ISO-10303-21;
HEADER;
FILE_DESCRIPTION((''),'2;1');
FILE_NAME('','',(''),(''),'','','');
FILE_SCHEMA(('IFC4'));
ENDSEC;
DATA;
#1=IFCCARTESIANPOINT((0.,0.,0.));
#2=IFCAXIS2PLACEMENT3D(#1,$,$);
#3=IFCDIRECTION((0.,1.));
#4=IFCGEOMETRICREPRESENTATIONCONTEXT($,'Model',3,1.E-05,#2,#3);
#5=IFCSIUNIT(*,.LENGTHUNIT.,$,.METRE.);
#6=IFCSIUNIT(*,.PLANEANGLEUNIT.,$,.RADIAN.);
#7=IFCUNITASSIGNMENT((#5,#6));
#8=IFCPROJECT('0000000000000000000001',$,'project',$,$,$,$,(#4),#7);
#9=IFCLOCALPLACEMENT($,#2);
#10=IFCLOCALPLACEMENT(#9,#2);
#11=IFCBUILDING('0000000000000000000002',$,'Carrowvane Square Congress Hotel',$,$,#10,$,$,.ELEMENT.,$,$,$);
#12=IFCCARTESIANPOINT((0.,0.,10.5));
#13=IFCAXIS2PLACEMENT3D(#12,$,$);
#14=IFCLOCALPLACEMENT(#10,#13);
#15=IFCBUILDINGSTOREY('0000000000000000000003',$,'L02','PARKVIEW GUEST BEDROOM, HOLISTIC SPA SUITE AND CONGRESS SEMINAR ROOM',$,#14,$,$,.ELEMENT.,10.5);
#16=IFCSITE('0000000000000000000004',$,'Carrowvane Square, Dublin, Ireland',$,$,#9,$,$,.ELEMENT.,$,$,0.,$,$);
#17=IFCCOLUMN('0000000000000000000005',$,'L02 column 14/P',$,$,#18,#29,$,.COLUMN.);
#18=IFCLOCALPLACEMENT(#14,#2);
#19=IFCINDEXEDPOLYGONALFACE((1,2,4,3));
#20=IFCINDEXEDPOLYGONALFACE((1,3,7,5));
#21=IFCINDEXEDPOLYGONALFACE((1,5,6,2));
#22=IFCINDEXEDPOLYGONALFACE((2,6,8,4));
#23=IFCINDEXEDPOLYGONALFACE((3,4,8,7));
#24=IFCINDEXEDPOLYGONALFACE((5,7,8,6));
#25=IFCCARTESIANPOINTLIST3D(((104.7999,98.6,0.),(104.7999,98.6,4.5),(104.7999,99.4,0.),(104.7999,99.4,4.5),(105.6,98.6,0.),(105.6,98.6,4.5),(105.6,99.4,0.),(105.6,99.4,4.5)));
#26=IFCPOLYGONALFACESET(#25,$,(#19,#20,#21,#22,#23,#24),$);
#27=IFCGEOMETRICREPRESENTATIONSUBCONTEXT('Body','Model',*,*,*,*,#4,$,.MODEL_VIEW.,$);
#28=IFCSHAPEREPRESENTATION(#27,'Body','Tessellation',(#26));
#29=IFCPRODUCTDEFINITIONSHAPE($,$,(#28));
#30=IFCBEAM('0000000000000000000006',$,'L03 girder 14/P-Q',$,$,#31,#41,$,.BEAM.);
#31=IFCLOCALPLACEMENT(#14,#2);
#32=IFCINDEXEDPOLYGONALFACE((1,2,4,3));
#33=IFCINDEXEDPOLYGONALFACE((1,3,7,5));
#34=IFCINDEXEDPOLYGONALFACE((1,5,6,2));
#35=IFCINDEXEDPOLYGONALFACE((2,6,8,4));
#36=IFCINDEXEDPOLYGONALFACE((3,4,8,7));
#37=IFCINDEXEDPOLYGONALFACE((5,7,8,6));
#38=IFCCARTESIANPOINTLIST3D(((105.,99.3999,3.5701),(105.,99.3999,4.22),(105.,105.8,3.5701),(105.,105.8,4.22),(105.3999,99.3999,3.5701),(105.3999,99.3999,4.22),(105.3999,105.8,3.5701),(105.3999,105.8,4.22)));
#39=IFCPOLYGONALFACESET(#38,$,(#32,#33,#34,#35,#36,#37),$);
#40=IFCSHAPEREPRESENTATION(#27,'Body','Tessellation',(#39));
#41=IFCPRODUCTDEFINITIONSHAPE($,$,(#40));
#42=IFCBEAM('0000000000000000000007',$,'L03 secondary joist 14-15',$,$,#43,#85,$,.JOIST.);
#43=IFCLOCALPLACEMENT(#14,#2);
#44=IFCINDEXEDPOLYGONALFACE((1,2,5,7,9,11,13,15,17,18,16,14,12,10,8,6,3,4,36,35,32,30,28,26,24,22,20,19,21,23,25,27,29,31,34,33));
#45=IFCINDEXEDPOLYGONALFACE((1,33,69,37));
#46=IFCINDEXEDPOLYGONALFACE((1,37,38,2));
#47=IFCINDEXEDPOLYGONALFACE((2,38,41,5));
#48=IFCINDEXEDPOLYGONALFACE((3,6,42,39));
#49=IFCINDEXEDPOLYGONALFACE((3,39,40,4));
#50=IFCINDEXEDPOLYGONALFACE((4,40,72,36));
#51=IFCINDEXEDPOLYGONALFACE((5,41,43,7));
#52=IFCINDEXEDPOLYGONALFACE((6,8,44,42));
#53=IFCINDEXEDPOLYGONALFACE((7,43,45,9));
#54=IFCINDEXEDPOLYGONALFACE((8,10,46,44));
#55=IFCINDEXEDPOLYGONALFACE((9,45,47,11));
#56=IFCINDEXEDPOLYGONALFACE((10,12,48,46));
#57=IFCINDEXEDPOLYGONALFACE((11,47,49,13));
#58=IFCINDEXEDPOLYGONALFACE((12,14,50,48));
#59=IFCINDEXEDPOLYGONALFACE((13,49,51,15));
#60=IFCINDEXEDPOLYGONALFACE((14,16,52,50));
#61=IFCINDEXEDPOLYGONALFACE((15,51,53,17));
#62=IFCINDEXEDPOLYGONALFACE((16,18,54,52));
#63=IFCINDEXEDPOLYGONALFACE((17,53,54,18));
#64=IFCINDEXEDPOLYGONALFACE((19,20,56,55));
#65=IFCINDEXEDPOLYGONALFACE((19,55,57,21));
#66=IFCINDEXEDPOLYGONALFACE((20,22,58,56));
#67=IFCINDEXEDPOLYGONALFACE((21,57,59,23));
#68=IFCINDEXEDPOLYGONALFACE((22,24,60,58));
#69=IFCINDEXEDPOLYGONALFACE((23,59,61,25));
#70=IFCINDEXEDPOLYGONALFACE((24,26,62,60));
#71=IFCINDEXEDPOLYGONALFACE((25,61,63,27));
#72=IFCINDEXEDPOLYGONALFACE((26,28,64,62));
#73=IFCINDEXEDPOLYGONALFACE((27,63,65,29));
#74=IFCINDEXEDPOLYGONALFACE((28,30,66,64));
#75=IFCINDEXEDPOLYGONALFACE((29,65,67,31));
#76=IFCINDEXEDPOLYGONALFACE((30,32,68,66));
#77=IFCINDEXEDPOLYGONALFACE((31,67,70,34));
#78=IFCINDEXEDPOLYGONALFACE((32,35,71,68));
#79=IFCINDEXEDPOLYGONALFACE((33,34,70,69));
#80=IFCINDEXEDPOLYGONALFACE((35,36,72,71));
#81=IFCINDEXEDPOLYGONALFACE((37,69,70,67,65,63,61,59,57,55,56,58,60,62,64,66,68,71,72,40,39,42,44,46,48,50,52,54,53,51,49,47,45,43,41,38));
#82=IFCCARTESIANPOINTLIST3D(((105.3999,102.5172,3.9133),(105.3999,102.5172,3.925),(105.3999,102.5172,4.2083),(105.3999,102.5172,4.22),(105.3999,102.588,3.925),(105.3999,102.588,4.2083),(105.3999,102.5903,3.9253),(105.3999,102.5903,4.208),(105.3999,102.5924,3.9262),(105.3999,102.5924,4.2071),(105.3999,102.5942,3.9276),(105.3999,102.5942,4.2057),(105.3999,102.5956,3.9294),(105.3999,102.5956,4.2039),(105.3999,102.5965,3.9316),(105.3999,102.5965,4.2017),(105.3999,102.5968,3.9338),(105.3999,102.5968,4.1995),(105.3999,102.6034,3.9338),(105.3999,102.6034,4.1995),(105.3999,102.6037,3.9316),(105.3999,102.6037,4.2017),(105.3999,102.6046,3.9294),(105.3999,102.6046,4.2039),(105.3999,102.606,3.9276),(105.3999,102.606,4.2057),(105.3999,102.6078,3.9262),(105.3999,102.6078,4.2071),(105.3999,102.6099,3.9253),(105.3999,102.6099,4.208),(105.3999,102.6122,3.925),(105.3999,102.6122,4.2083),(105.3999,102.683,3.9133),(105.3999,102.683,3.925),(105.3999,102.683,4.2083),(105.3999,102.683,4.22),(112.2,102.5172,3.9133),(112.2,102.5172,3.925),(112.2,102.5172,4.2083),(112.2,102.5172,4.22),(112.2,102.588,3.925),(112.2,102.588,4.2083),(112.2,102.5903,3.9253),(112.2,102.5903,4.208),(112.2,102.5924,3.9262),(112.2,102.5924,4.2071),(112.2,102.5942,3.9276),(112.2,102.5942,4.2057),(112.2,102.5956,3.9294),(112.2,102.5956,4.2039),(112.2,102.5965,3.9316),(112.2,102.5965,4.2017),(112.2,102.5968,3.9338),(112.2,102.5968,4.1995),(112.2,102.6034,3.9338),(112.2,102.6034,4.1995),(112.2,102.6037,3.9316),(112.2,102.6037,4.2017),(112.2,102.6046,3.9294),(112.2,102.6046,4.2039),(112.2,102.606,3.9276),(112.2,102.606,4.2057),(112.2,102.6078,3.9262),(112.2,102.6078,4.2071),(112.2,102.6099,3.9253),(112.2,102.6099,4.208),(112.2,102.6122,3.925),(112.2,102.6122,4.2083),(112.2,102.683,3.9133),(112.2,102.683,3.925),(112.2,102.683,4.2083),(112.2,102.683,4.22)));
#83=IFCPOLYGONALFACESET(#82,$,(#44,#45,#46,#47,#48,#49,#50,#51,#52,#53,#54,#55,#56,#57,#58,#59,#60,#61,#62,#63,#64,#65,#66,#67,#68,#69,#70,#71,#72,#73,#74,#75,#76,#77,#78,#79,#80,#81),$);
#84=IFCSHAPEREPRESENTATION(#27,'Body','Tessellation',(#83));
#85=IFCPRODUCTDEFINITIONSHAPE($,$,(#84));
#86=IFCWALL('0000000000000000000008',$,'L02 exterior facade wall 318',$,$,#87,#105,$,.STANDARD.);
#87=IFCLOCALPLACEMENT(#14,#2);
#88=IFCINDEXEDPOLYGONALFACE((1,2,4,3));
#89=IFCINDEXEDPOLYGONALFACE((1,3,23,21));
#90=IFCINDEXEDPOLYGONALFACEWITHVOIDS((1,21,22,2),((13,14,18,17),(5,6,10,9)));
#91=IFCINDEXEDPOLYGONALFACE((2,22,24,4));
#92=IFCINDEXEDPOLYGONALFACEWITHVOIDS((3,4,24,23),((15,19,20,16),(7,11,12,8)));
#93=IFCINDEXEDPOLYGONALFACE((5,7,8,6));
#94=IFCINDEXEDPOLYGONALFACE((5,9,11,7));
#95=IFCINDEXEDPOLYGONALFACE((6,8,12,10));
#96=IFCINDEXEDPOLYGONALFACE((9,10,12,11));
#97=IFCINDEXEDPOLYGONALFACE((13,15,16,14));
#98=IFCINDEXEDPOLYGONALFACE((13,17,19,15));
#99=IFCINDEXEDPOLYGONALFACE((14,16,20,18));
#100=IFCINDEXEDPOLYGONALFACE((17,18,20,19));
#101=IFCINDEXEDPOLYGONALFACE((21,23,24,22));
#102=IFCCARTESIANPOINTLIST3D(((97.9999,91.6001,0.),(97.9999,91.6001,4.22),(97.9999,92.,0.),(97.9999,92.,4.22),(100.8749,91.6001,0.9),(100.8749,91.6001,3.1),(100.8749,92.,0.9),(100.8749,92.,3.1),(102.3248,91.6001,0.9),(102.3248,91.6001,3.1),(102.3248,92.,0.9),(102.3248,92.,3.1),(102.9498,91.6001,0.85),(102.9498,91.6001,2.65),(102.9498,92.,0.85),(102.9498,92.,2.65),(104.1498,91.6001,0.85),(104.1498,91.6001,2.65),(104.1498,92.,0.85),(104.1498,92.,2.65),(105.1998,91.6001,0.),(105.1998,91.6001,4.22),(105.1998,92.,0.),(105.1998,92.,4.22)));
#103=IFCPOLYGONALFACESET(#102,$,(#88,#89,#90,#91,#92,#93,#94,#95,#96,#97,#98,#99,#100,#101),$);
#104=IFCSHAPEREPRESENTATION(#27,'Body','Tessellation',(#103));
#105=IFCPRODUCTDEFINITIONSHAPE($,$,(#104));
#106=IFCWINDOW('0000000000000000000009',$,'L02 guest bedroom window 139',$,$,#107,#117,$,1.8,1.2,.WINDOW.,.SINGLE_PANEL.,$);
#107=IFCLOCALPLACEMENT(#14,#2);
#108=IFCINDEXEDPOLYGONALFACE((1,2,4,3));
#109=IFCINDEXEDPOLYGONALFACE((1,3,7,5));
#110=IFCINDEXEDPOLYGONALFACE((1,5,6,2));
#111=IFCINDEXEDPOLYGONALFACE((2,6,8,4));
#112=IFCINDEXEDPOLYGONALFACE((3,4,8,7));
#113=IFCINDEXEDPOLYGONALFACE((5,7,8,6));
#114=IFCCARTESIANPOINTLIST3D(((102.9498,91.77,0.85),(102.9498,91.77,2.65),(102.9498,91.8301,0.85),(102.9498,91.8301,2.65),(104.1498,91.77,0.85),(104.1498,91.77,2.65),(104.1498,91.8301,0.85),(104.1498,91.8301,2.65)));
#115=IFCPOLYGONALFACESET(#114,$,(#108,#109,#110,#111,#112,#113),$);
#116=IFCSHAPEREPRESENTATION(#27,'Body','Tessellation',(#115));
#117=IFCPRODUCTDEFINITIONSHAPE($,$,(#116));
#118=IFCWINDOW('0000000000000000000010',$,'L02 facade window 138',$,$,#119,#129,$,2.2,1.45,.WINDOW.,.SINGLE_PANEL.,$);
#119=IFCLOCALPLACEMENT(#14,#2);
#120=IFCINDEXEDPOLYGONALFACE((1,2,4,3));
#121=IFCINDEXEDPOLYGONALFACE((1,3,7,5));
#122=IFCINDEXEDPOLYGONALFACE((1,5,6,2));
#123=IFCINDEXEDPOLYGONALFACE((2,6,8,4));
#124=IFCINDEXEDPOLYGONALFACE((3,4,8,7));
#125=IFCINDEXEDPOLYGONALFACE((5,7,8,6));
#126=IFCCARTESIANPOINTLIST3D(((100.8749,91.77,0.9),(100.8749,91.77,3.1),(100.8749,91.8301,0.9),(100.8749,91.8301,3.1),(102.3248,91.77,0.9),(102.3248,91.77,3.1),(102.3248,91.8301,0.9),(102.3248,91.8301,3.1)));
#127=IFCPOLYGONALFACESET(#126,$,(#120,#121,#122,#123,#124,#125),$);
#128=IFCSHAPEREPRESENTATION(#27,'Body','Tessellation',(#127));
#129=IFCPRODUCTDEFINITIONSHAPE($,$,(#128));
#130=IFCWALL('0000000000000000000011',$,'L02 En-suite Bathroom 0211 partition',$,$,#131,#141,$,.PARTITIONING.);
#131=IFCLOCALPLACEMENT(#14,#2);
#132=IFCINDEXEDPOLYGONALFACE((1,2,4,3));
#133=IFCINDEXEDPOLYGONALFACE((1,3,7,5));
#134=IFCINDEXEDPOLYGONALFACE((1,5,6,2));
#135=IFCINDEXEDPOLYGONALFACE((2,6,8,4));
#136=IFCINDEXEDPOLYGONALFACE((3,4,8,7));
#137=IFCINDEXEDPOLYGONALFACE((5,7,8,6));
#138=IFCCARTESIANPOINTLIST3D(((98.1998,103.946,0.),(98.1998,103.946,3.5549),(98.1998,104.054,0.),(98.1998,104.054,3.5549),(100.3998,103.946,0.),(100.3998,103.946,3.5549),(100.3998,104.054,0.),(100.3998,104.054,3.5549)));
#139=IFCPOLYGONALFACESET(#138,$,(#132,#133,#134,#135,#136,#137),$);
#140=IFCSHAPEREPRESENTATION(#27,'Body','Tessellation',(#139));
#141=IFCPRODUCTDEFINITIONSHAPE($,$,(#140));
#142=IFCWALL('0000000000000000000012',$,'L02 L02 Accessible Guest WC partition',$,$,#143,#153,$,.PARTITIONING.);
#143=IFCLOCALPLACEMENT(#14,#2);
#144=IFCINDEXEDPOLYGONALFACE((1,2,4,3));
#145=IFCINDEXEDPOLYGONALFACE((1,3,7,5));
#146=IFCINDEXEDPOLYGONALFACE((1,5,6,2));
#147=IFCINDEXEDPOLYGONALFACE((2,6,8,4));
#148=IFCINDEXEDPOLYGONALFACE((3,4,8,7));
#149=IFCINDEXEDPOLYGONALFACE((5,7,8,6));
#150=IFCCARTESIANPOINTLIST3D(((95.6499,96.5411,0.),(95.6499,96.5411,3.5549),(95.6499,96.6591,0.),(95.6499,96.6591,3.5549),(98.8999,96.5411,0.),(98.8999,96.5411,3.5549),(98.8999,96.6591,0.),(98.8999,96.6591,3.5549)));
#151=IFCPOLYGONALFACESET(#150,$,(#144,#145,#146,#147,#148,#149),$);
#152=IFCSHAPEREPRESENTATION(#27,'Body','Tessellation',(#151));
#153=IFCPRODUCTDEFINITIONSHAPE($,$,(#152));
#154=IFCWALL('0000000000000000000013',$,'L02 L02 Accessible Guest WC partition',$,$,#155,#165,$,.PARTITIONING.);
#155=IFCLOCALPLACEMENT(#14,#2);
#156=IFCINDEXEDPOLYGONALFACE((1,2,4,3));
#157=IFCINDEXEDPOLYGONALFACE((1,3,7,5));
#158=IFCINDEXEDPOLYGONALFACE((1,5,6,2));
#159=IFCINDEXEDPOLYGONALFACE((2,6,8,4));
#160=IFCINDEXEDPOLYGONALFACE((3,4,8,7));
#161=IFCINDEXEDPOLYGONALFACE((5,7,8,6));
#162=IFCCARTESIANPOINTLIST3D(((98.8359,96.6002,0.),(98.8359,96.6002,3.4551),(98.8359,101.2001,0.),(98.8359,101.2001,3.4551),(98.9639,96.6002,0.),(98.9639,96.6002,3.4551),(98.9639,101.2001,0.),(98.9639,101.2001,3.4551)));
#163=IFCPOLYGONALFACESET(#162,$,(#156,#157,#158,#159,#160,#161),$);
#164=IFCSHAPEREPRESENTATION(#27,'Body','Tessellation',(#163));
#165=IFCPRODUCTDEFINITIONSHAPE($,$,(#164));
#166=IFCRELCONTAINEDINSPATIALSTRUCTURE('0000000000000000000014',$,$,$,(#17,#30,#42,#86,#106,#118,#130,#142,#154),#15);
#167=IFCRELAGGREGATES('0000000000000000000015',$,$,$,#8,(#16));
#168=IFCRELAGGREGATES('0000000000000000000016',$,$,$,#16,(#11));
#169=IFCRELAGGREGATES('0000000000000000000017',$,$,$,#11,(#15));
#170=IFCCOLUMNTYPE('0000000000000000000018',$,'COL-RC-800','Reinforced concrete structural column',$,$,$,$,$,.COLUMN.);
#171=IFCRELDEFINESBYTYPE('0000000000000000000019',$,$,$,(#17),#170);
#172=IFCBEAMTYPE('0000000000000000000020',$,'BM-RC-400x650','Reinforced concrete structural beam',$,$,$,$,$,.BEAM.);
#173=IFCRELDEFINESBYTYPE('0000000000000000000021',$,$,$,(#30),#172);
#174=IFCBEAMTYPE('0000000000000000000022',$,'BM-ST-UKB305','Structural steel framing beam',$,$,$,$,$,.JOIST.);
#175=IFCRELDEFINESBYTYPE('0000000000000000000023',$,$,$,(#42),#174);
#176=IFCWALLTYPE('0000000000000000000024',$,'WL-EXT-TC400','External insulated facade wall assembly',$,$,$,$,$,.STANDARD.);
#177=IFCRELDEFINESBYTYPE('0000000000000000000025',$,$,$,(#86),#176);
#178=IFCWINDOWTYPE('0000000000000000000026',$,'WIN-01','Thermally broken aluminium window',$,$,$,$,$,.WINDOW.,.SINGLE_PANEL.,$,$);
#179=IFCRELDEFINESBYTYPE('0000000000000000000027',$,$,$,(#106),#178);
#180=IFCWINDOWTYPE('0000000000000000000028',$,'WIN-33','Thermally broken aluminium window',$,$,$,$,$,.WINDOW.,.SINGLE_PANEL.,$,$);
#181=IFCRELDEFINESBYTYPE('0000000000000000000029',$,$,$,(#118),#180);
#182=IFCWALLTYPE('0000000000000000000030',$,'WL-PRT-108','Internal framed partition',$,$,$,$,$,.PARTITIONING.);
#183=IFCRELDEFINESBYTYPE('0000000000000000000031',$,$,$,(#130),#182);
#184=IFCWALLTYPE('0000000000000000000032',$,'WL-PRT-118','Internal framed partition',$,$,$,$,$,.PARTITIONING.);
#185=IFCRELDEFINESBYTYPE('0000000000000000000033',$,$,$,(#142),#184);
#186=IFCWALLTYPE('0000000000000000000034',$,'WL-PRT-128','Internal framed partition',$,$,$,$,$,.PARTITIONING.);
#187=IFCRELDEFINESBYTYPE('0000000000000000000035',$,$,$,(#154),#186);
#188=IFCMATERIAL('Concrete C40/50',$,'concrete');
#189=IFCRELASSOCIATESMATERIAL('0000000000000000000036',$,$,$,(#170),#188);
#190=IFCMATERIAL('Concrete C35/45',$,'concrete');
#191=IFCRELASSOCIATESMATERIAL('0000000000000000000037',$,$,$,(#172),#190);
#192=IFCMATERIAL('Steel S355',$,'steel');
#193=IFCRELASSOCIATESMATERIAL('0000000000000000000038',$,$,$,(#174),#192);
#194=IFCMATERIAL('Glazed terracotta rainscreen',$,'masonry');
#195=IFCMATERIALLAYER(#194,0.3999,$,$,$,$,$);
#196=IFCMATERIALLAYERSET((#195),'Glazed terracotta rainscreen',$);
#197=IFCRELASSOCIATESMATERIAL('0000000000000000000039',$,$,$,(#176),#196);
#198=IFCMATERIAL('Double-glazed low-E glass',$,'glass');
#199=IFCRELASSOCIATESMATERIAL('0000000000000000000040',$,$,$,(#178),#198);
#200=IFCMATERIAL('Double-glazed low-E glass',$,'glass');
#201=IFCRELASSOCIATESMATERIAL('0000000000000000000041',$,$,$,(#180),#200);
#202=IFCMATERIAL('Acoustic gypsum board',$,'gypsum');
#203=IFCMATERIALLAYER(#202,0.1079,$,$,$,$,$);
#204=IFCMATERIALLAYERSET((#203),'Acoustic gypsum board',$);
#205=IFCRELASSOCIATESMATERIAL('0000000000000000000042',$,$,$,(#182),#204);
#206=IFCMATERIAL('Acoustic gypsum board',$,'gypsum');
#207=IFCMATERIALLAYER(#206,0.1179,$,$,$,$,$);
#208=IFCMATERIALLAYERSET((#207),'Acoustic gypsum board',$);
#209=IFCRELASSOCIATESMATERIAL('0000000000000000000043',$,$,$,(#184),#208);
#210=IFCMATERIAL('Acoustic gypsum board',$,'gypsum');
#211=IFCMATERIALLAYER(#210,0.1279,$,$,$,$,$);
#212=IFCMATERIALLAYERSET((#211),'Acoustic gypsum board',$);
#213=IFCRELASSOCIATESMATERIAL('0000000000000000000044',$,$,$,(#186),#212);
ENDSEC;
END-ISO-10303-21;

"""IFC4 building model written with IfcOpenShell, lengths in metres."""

from ifc_helpers import new_model, si_unit, direction, frame, frame_2d, origin, origin_2d, place, context, subcontext, project, spatial, rectangle, i_section, extrude, material, layer, layer_set, material_profile, profile_set, type_object, element, fill, save


model = new_model("IFC4")

# Units and contexts
model_context = context("Model", 3, precision=1e-05, world=origin(), true_north=direction((0.0, 1.0)))
body_context = subcontext(model_context, "Body", "Model", "MODEL_VIEW")
ifc_project = project(units=[si_unit("LENGTHUNIT", "METRE"), si_unit("PLANEANGLEUNIT", "RADIAN")], contexts=[model_context])

# Site, building, storey
site_placement = place(None, origin())
site = spatial("IfcSite", under=ifc_project, at=site_placement, Name="Carrowvane Square, Dublin, Ireland", CompositionType="ELEMENT", RefElevation=0.0)
building_placement = place(site_placement, origin())
building = spatial("IfcBuilding", under=site, at=building_placement, Name="Carrowvane Square Congress Hotel", CompositionType="ELEMENT")
storey_placement = place(building_placement, frame((0.0, 0.0, 10.5)))
storey = spatial("IfcBuildingStorey", under=building, at=storey_placement, Name="L02", Description="PARKVIEW GUEST BEDROOM, HOLISTIC SPA SUITE AND CONGRESS SEMINAR ROOM", CompositionType="ELEMENT", Elevation=10.5)

# Column
ifc_material_1 = material(Name="Concrete C40/50", Category="concrete")
ifc_material_profile_1 = material_profile(ifc_material_1, rectangle(XDim=0.8, YDim=0.8, at=origin_2d()), Name="RC 800x800")
ifc_profile_set_1 = profile_set([ifc_material_profile_1], Name="Concrete C40/50")
column_type = type_object("IfcColumnType", Name="COL-RC-800", Description="Reinforced concrete structural column", PredefinedType="COLUMN", material=ifc_profile_set_1)
column_placement = place(storey_placement, frame((105.2, 99.0, 0.0), z_axis=(0.0, 0.0, 1.0), x_axis=(1.0, 0.0, 0.0)))
element("IfcColumn", 1, at=column_placement, inside=storey, type_object=column_type, Name="L02 column 14/P", PredefinedType="COLUMN", context=body_context, shape_type="SweptSolid", body=[
    extrude(rectangle(XDim=0.8, YDim=0.8, at=origin_2d()), origin(), (0.0, 0.0, 1.0), 4.5),
])

# Beams
ifc_material_2 = material(Name="Concrete C35/45", Category="concrete")
ifc_material_profile_2 = material_profile(ifc_material_2, rectangle(XDim=0.3999, YDim=0.6499, at=origin_2d()), Name="RC 400x650")
ifc_profile_set_2 = profile_set([ifc_material_profile_2], Name="Concrete C35/45")
beam_type_1 = type_object("IfcBeamType", Name="BM-RC-400x650", Description="Reinforced concrete structural beam", PredefinedType="BEAM", material=ifc_profile_set_2)
beam_1_placement = place(storey_placement, frame((105.2, 99.3999, 3.895), z_axis=(0.0, 1.0, 0.0), x_axis=(-1.0, 0.0, 0.0)))
element("IfcBeam", 2, at=beam_1_placement, inside=storey, type_object=beam_type_1, Name="L03 girder 14/P-Q", PredefinedType="BEAM", context=body_context, shape_type="SweptSolid", body=[
    extrude(rectangle(XDim=0.3999, YDim=0.6499, at=origin_2d()), origin(), (0.0, 0.0, 1.0), 6.4001),
])
ifc_material_3 = material(Name="Steel S355", Category="steel")
ifc_material_profile_3 = material_profile(ifc_material_3, i_section(OverallWidth=0.1658, OverallDepth=0.3066, WebThickness=0.0066, FlangeThickness=0.0117, FilletRadius=0.0088, at=origin_2d()), Name="UKB 305x165x46")
ifc_profile_set_3 = profile_set([ifc_material_profile_3], Name="Steel S355")
beam_type_2 = type_object("IfcBeamType", Name="BM-ST-UKB305", Description="Structural steel framing beam", PredefinedType="JOIST", material=ifc_profile_set_3)
beam_2_placement = place(storey_placement, frame((105.3999, 102.6001, 4.0667), z_axis=(1.0, 0.0, 0.0), x_axis=(0.0, 1.0, 0.0)))
element("IfcBeam", 3, at=beam_2_placement, inside=storey, type_object=beam_type_2, Name="L03 secondary joist 14-15", PredefinedType="JOIST", context=body_context, shape_type="SweptSolid", body=[
    extrude(i_section(OverallWidth=0.1658, OverallDepth=0.3066, WebThickness=0.0066, FlangeThickness=0.0117, FilletRadius=0.0088, at=origin_2d()), origin(), (0.0, 0.0, 1.0), 6.8),
])

# Wall, openings, windows
ifc_material_4 = material(Name="Glazed terracotta rainscreen", Category="masonry")
ifc_layer_1 = layer(ifc_material_4, 0.3999)
ifc_layer_set_1 = layer_set([ifc_layer_1], Name="Glazed terracotta rainscreen")
wall_type_1 = type_object("IfcWallType", Name="WL-EXT-TC400", Description="External insulated facade wall assembly", PredefinedType="STANDARD", material=ifc_layer_set_1)
wall_1_placement = place(storey_placement, frame((105.2, 91.8, 0.0), z_axis=(0.0, 0.0, 1.0), x_axis=(-1.0, 0.0, 0.0)))
wall_1 = element("IfcWall", 4, at=wall_1_placement, inside=storey, type_object=wall_type_1, Name="L02 exterior facade wall 318", PredefinedType="STANDARD", context=body_context, shape_type="SweptSolid", body=[
    extrude(rectangle(XDim=7.2, YDim=0.3999, at=frame_2d((3.6001, 0.0))), origin(), (0.0, 0.0, 1.0), 4.22),
])
opening_1_placement = place(wall_1_placement, frame((2.875, 0.0, 0.8999)))
opening_1 = element("IfcOpeningElement", 5, at=opening_1_placement, cuts=wall_1, PredefinedType="OPENING", context=body_context, shape_type="SweptSolid", body=[
    extrude(rectangle(XDim=1.45, YDim=2.2, at=frame_2d((0.7251, 1.1001))), frame((0.0, 0.21, 0.0), z_axis=(0.0, -1.0, 0.0), x_axis=(1.0, 0.0, 0.0)), (0.0, 0.0, 1.0), 0.4199),
])
opening_2_placement = place(wall_1_placement, frame((1.05, 0.0, 0.8501)))
opening_2 = element("IfcOpeningElement", 6, at=opening_2_placement, cuts=wall_1, PredefinedType="OPENING", context=body_context, shape_type="SweptSolid", body=[
    extrude(rectangle(XDim=1.2, YDim=1.8, at=frame_2d((0.6001, 0.8999))), frame((0.0, 0.21, 0.0), z_axis=(0.0, -1.0, 0.0), x_axis=(1.0, 0.0, 0.0)), (0.0, 0.0, 1.0), 0.4199),
])
ifc_material_5 = material(Name="Double-glazed low-E glass", Category="glass")
window_type_1 = type_object("IfcWindowType", Name="WIN-01", Description="Thermally broken aluminium window", PartitioningType="SINGLE_PANEL", PredefinedType="WINDOW", material=ifc_material_5)
window_1_placement = place(opening_2_placement, origin())
window_1 = element("IfcWindow", 7, at=window_1_placement, inside=storey, type_object=window_type_1, Name="L02 guest bedroom window 139", OverallHeight=1.8, OverallWidth=1.2, PartitioningType="SINGLE_PANEL", PredefinedType="WINDOW", context=body_context, shape_type="SweptSolid", body=[
    extrude(rectangle(XDim=1.2, YDim=1.8, at=frame_2d((0.6001, 0.8999))), frame((0.0, 0.03, 0.0), z_axis=(0.0, -1.0, 0.0), x_axis=(1.0, 0.0, 0.0)), (0.0, 0.0, 1.0), 0.0601),
])
fill(opening_2, window_1)
ifc_material_6 = material(Name="Double-glazed low-E glass", Category="glass")
window_type_2 = type_object("IfcWindowType", Name="WIN-33", Description="Thermally broken aluminium window", PartitioningType="SINGLE_PANEL", PredefinedType="WINDOW", material=ifc_material_6)
window_2_placement = place(opening_1_placement, origin())
window_2 = element("IfcWindow", 8, at=window_2_placement, inside=storey, type_object=window_type_2, Name="L02 facade window 138", OverallHeight=2.2, OverallWidth=1.45, PartitioningType="SINGLE_PANEL", PredefinedType="WINDOW", context=body_context, shape_type="SweptSolid", body=[
    extrude(rectangle(XDim=1.45, YDim=2.2, at=frame_2d((0.7251, 1.1001))), frame((0.0, 0.03, 0.0), z_axis=(0.0, -1.0, 0.0), x_axis=(1.0, 0.0, 0.0)), (0.0, 0.0, 1.0), 0.0601),
])
fill(opening_1, window_2)

# Walls
ifc_material_7 = material(Name="Acoustic gypsum board", Category="gypsum")
ifc_layer_2 = layer(ifc_material_7, 0.1079)
ifc_layer_set_2 = layer_set([ifc_layer_2], Name="Acoustic gypsum board")
wall_type_2 = type_object("IfcWallType", Name="WL-PRT-108", Description="Internal framed partition", PredefinedType="PARTITIONING", material=ifc_layer_set_2)
wall_2_placement = place(storey_placement, frame((100.3999, 104.0, 0.0), z_axis=(0.0, 0.0, 1.0), x_axis=(-1.0, 0.0, 0.0)))
element("IfcWall", 9, at=wall_2_placement, inside=storey, type_object=wall_type_2, Name="L02 En-suite Bathroom 0211 partition", PredefinedType="PARTITIONING", context=body_context, shape_type="SweptSolid", body=[
    extrude(rectangle(XDim=2.2, YDim=0.1079, at=frame_2d((1.1001, 0.0))), origin(), (0.0, 0.0, 1.0), 3.5549),
])
ifc_material_8 = material(Name="Acoustic gypsum board", Category="gypsum")
ifc_layer_3 = layer(ifc_material_8, 0.1179)
ifc_layer_set_3 = layer_set([ifc_layer_3], Name="Acoustic gypsum board")
wall_type_3 = type_object("IfcWallType", Name="WL-PRT-118", Description="Internal framed partition", PredefinedType="PARTITIONING", material=ifc_layer_set_3)
wall_3_placement = place(storey_placement, frame((98.8999, 96.6001, 0.0), z_axis=(0.0, 0.0, 1.0), x_axis=(-1.0, 0.0, 0.0)))
element("IfcWall", 10, at=wall_3_placement, inside=storey, type_object=wall_type_3, Name="L02 L02 Accessible Guest WC partition", PredefinedType="PARTITIONING", context=body_context, shape_type="SweptSolid", body=[
    extrude(rectangle(XDim=3.25, YDim=0.1179, at=frame_2d((1.625, 0.0))), origin(), (0.0, 0.0, 1.0), 3.5549),
])
ifc_material_9 = material(Name="Acoustic gypsum board", Category="gypsum")
ifc_layer_4 = layer(ifc_material_9, 0.1279)
ifc_layer_set_4 = layer_set([ifc_layer_4], Name="Acoustic gypsum board")
wall_type_4 = type_object("IfcWallType", Name="WL-PRT-128", Description="Internal framed partition", PredefinedType="PARTITIONING", material=ifc_layer_set_4)
wall_4_placement = place(storey_placement, frame((98.8999, 101.2, 0.0), z_axis=(0.0, 0.0, 1.0), x_axis=(0.0, -1.0, 0.0)))
element("IfcWall", 11, at=wall_4_placement, inside=storey, type_object=wall_type_4, Name="L02 L02 Accessible Guest WC partition", PredefinedType="PARTITIONING", context=body_context, shape_type="SweptSolid", body=[
    extrude(rectangle(XDim=4.5999, YDim=0.1279, at=frame_2d((2.2998, 0.0))), origin(), (0.0, 0.0, 1.0), 3.4551),
])

save(model, "model.ifc")
